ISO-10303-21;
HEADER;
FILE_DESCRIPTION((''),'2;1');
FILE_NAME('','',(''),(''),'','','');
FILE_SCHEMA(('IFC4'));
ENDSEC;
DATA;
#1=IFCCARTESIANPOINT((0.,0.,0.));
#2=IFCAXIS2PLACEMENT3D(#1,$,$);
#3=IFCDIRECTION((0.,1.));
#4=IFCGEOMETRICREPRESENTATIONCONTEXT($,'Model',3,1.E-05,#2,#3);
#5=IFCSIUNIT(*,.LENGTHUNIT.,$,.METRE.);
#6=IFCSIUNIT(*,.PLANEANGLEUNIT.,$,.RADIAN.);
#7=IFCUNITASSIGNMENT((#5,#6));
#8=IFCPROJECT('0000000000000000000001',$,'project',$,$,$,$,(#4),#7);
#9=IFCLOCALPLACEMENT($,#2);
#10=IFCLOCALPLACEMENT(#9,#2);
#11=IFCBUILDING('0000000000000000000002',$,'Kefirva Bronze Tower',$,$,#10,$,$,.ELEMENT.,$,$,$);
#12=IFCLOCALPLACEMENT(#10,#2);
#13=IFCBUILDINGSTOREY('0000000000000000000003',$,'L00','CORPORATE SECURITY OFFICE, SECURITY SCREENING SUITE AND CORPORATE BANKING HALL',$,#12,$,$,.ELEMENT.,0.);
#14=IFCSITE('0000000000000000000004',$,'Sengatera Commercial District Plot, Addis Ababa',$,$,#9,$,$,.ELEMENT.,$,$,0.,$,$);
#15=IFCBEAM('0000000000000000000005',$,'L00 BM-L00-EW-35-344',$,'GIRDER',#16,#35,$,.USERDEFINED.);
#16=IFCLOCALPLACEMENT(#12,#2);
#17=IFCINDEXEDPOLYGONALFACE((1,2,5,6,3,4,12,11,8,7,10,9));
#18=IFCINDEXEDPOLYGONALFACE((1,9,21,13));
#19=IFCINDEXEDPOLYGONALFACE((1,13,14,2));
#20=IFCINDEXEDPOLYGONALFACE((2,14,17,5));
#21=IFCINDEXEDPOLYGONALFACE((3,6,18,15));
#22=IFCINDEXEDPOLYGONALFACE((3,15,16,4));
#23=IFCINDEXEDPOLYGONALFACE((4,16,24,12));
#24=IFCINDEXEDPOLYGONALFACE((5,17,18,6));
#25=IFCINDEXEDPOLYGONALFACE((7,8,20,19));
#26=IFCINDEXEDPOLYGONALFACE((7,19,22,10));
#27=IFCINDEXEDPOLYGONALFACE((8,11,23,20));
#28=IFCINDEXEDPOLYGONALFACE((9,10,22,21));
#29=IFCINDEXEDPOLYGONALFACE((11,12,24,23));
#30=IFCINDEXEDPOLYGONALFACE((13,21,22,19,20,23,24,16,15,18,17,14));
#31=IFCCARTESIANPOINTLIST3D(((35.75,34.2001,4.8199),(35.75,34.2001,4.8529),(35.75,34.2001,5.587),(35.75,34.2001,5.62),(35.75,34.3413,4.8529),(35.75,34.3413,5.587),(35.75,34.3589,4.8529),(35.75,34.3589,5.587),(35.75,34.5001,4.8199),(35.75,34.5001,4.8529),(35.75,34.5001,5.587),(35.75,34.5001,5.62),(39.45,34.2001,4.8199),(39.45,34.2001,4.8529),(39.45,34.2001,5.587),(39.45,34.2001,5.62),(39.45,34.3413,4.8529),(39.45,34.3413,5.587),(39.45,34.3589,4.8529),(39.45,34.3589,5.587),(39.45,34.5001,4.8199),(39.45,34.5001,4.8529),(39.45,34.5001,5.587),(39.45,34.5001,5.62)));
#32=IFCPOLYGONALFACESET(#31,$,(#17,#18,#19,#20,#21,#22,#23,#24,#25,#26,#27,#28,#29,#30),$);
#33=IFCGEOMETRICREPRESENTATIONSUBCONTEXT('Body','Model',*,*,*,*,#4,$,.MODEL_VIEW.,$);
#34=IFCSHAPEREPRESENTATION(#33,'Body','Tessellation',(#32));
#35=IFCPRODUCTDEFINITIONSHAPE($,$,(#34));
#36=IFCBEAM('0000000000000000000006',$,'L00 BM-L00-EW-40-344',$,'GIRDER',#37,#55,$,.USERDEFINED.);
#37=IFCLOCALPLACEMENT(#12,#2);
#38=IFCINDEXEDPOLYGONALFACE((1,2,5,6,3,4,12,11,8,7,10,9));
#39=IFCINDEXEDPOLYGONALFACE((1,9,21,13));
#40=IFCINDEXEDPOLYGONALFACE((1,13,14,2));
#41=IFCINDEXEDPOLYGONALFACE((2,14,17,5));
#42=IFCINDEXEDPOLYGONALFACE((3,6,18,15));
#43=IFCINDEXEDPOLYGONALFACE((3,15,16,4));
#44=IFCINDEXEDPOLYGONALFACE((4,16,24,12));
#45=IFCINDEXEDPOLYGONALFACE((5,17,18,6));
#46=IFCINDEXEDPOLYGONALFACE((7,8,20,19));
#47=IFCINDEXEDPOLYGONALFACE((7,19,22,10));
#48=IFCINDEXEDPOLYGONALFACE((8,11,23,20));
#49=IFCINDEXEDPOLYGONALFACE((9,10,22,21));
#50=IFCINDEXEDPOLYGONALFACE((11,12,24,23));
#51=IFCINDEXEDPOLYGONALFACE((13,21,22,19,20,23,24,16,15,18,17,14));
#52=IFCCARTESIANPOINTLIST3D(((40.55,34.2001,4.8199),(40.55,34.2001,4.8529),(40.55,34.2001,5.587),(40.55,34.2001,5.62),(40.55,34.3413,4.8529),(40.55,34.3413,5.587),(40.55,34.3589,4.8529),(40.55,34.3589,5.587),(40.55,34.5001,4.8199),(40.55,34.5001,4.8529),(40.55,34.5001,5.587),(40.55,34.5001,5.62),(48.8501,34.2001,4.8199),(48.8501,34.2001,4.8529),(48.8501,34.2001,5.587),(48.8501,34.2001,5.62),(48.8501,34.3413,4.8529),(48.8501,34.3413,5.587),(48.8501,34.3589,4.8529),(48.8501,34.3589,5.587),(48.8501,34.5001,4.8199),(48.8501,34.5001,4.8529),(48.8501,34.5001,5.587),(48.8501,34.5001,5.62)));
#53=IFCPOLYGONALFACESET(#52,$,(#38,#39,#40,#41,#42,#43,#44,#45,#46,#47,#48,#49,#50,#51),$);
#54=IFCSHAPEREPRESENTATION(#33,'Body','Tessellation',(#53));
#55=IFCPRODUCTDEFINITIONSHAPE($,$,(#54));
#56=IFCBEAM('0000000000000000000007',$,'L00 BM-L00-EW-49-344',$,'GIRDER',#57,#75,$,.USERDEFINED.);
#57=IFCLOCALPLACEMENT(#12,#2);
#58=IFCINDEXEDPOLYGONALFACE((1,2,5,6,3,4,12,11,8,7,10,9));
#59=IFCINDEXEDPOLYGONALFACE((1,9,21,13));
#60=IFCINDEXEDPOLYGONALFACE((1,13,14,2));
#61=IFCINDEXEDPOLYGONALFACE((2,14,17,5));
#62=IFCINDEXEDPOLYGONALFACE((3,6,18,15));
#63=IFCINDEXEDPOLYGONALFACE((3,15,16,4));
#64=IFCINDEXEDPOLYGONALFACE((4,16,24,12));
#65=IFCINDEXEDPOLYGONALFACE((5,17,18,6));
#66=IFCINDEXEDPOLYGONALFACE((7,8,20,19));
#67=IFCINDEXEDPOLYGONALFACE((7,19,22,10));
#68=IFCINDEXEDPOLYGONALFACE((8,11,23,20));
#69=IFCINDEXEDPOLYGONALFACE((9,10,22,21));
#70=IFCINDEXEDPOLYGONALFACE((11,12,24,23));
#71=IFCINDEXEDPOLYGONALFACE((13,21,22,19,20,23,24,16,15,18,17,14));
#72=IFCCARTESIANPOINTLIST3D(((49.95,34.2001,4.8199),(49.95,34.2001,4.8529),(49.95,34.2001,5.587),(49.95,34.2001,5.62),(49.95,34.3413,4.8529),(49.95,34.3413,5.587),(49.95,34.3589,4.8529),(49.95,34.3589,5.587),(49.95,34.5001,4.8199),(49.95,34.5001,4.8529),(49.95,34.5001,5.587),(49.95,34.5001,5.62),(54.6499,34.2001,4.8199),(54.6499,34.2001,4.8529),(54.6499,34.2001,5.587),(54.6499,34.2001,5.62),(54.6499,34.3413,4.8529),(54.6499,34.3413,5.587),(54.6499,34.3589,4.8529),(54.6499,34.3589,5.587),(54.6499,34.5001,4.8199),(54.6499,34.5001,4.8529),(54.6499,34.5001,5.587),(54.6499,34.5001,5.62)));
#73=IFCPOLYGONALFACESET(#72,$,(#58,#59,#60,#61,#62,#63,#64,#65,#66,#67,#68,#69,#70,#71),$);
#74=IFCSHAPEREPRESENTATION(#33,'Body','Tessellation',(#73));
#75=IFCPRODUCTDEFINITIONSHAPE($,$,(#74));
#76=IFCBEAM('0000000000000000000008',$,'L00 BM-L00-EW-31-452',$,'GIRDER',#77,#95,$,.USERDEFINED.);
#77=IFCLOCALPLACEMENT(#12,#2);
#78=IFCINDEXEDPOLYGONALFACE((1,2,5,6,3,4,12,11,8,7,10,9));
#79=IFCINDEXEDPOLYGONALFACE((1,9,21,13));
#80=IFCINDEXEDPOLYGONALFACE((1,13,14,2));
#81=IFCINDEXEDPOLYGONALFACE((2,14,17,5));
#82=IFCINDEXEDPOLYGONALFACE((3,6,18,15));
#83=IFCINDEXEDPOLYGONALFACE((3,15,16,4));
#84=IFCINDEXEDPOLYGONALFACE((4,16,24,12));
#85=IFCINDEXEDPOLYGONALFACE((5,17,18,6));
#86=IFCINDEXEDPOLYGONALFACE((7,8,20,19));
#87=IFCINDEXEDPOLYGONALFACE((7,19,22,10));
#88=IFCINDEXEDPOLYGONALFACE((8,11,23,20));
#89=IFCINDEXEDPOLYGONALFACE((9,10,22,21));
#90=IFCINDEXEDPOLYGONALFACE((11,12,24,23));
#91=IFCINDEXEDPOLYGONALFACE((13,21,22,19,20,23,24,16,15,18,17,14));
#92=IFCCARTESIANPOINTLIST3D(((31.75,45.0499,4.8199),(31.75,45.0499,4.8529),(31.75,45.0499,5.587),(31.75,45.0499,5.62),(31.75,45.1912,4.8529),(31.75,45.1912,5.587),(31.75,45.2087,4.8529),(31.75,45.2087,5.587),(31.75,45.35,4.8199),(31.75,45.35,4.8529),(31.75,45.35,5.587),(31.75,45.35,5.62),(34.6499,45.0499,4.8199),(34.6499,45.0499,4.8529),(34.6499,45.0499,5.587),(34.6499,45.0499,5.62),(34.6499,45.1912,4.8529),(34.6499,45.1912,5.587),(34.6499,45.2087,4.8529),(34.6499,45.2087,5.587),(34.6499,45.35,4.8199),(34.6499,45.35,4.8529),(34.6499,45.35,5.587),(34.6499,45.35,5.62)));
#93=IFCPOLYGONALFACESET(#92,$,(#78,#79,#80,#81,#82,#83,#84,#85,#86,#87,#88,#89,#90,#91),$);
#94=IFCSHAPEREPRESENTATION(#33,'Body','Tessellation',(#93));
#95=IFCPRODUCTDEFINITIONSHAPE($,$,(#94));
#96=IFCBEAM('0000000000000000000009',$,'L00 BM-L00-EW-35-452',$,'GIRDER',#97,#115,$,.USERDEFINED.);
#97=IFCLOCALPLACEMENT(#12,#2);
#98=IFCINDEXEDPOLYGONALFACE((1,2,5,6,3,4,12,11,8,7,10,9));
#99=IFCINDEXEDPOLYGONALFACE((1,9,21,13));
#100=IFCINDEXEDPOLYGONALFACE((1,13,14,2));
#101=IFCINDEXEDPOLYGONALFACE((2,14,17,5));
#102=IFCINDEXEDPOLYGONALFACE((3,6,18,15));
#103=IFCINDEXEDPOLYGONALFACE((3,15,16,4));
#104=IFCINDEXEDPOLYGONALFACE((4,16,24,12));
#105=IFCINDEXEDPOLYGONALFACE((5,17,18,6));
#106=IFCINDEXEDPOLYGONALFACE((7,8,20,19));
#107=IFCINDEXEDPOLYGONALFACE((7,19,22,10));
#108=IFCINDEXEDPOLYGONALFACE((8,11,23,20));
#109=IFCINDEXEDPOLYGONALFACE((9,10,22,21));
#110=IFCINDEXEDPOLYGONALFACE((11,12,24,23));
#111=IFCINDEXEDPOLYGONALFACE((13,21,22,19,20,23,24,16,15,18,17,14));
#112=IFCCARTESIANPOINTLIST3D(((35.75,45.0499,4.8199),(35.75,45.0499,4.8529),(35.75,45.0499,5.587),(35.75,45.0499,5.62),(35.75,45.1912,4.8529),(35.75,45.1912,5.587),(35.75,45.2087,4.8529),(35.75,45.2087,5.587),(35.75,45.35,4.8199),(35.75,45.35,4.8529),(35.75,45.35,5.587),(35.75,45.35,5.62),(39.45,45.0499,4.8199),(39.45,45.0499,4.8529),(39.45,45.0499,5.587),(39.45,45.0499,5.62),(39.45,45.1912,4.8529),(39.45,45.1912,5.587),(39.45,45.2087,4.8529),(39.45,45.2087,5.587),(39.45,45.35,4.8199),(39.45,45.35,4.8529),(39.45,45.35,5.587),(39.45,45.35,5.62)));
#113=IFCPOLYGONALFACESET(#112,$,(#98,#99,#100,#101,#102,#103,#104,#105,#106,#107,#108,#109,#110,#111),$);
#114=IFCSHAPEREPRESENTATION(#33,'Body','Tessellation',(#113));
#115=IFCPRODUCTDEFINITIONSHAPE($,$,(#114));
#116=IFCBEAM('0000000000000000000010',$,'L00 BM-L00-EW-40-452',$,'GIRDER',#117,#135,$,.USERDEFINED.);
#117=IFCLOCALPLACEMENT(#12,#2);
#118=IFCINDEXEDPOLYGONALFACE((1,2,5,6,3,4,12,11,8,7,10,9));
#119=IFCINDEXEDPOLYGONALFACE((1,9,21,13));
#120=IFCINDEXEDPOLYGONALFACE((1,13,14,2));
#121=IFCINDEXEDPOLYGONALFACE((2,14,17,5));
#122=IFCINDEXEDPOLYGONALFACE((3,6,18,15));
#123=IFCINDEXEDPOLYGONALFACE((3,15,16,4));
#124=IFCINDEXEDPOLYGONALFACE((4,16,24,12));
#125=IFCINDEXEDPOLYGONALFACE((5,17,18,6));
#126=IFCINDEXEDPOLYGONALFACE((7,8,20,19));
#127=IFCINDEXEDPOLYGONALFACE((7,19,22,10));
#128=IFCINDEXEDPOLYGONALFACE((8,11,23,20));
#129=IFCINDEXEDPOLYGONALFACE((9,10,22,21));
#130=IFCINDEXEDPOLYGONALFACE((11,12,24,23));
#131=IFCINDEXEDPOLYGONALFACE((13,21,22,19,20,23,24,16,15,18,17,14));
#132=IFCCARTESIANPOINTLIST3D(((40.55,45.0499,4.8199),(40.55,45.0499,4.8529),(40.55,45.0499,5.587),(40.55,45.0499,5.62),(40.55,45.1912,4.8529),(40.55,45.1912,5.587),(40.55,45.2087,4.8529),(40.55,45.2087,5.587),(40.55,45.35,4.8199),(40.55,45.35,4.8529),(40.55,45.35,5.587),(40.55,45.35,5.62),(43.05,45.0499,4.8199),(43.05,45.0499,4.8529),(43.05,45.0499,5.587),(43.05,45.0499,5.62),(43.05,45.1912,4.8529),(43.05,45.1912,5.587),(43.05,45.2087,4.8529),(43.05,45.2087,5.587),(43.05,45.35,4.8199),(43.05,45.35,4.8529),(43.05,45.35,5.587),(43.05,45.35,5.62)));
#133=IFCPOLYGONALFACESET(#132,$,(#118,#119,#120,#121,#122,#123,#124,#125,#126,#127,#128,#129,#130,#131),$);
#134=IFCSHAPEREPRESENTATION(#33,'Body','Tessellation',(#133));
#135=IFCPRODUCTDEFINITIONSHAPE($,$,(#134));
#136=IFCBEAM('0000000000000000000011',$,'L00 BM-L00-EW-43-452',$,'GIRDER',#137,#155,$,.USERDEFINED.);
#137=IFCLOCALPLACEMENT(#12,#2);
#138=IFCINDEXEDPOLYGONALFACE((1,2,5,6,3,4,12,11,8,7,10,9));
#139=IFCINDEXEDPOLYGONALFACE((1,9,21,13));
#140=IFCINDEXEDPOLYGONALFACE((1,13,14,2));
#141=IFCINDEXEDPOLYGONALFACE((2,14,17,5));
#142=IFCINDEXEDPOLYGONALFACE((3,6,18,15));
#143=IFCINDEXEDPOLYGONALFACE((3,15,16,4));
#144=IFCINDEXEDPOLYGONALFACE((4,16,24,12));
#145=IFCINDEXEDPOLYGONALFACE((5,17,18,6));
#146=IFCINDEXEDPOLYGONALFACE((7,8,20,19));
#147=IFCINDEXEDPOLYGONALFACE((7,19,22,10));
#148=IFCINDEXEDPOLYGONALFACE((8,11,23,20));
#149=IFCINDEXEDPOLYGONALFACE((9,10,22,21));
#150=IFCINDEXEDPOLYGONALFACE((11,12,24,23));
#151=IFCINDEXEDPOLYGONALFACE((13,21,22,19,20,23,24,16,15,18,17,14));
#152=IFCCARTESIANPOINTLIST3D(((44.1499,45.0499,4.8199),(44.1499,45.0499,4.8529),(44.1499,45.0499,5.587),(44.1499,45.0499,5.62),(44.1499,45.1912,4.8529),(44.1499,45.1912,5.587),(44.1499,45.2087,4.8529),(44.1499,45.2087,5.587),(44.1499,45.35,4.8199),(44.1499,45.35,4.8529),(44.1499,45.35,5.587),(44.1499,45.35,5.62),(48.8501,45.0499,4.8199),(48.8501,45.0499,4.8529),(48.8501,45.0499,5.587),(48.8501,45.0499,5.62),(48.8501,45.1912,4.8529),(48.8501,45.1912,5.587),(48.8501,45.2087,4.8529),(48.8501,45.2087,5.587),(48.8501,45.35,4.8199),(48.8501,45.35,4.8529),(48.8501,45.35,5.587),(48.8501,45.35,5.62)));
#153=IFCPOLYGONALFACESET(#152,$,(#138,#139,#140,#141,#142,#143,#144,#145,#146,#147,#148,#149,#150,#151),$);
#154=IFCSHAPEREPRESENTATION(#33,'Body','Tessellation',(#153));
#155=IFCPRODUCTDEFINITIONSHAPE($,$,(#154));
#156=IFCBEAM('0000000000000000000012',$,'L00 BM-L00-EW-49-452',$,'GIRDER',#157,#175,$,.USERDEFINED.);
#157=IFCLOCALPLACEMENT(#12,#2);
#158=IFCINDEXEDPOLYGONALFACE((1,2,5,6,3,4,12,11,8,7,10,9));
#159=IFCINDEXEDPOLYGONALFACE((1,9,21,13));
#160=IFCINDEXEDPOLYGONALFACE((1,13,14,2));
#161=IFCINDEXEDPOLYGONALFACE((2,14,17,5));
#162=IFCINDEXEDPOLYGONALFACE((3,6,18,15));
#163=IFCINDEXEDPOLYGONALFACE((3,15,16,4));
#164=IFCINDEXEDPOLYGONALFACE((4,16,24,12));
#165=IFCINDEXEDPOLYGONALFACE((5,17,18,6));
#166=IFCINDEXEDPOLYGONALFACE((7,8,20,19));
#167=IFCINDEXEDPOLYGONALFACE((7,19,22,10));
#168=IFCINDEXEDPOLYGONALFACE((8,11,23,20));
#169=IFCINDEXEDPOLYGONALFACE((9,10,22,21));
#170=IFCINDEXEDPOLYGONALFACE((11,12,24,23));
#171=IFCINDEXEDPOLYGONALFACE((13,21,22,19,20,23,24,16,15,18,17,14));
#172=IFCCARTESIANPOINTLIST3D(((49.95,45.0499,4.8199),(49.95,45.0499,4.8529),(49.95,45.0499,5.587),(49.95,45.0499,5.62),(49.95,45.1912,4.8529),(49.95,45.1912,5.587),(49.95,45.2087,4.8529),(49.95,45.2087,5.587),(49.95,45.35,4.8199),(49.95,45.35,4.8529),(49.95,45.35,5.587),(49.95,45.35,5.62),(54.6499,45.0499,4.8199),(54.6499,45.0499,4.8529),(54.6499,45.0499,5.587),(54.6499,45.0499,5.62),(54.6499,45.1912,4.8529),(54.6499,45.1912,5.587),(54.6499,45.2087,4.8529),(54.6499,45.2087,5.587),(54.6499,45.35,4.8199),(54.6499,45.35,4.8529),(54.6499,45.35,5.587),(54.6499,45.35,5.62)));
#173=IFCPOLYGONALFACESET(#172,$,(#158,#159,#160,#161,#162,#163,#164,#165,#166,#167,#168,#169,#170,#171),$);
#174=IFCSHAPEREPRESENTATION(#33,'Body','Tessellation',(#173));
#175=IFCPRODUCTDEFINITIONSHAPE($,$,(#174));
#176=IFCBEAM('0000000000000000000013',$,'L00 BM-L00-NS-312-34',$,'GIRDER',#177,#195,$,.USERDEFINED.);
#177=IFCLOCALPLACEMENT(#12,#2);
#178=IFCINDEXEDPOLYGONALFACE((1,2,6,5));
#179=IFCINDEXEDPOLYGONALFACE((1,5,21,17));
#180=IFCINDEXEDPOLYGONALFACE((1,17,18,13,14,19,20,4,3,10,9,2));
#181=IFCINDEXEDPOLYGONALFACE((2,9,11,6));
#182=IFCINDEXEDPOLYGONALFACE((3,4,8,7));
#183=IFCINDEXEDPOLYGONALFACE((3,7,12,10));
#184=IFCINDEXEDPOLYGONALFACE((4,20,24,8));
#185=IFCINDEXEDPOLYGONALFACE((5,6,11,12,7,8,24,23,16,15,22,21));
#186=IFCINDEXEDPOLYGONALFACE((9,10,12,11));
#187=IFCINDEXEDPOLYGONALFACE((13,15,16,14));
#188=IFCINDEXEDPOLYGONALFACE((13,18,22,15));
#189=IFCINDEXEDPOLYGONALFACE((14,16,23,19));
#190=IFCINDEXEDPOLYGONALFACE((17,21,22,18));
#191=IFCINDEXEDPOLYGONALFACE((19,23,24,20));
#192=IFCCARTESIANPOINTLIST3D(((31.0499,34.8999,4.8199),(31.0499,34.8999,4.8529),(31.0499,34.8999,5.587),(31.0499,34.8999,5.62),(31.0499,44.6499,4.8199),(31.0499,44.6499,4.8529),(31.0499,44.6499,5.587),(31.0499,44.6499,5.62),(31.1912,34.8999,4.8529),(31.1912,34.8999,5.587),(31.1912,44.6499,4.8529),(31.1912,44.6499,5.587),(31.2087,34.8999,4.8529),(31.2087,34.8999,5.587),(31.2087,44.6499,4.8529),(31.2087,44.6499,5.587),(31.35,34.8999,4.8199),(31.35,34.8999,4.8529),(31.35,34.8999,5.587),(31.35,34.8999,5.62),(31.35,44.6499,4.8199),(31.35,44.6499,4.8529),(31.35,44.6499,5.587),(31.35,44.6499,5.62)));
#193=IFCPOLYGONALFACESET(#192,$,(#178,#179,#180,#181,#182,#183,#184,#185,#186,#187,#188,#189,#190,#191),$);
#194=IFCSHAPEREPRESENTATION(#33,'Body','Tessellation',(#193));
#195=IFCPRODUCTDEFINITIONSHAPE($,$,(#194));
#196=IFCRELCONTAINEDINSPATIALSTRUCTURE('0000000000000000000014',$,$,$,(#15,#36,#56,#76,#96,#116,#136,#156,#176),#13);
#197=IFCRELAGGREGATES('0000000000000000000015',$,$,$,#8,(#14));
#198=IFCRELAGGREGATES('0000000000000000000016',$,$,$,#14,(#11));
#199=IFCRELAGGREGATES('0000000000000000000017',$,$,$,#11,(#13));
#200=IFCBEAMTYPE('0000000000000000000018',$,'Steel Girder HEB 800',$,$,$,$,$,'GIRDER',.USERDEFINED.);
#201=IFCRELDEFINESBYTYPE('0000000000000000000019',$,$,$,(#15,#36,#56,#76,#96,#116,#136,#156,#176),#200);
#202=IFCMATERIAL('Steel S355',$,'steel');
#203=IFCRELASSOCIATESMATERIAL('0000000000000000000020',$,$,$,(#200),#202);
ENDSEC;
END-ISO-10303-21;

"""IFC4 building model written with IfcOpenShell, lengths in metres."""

from ifc_helpers import new_model, si_unit, direction, frame, origin, origin_2d, place, context, subcontext, project, spatial, i_section, extrude, material, material_profile, profile_set, type_object, element, save


model = new_model("IFC4")

# Units and contexts
model_context = context("Model", 3, precision=1e-05, world=origin(), true_north=direction((0.0, 1.0)))
body_context = subcontext(model_context, "Body", "Model", "MODEL_VIEW")
ifc_project = project(units=[si_unit("LENGTHUNIT", "METRE"), si_unit("PLANEANGLEUNIT", "RADIAN")], contexts=[model_context])

# Site, building, storey
site_placement = place(None, origin())
site = spatial("IfcSite", under=ifc_project, at=site_placement, Name="Sengatera Commercial District Plot, Addis Ababa", CompositionType="ELEMENT", RefElevation=0.0)
building_placement = place(site_placement, origin())
building = spatial("IfcBuilding", under=site, at=building_placement, Name="Kefirva Bronze Tower", CompositionType="ELEMENT")
storey_placement = place(building_placement, origin())
storey = spatial("IfcBuildingStorey", under=building, at=storey_placement, Name="L00", Description="CORPORATE SECURITY OFFICE, SECURITY SCREENING SUITE AND CORPORATE BANKING HALL", CompositionType="ELEMENT", Elevation=0.0)

# Beams
ifc_material_1 = material(Name="Steel S355", Category="steel")
ifc_material_profile_1 = material_profile(ifc_material_1, i_section(OverallWidth=0.3, OverallDepth=0.8, WebThickness=0.0176, FlangeThickness=0.033, at=origin_2d()), Name="HEB 800")
ifc_profile_set_1 = profile_set([ifc_material_profile_1], Name="Steel S355")
beam_type_1 = type_object("IfcBeamType", Name="Steel Girder HEB 800", ElementType="GIRDER", PredefinedType="USERDEFINED", material=ifc_profile_set_1)
beam_1_placement = place(storey_placement, frame((35.75, 34.3501, 5.22), z_axis=(1.0, 0.0, 0.0), x_axis=(0.0, 1.0, 0.0)))
element("IfcBeam", 1, at=beam_1_placement, inside=storey, type_object=beam_type_1, Name="L00 BM-L00-EW-35-344", ObjectType="GIRDER", PredefinedType="USERDEFINED", context=body_context, shape_type="SweptSolid", body=[
    extrude(i_section(OverallWidth=0.3, OverallDepth=0.8, WebThickness=0.0176, FlangeThickness=0.033, at=origin_2d()), origin(), (0.0, 0.0, 1.0), 3.7),
])
beam_2_placement = place(storey_placement, frame((40.55, 34.3501, 5.22), z_axis=(1.0, 0.0, 0.0), x_axis=(0.0, 1.0, 0.0)))
element("IfcBeam", 2, at=beam_2_placement, inside=storey, type_object=beam_type_1, Name="L00 BM-L00-EW-40-344", ObjectType="GIRDER", PredefinedType="USERDEFINED", context=body_context, shape_type="SweptSolid", body=[
    extrude(i_section(OverallWidth=0.3, OverallDepth=0.8, WebThickness=0.0176, FlangeThickness=0.033, at=origin_2d()), origin(), (0.0, 0.0, 1.0), 8.3),
])
beam_3_placement = place(storey_placement, frame((49.95, 34.3501, 5.22), z_axis=(1.0, 0.0, 0.0), x_axis=(0.0, 1.0, 0.0)))
element("IfcBeam", 3, at=beam_3_placement, inside=storey, type_object=beam_type_1, Name="L00 BM-L00-EW-49-344", ObjectType="GIRDER", PredefinedType="USERDEFINED", context=body_context, shape_type="SweptSolid", body=[
    extrude(i_section(OverallWidth=0.3, OverallDepth=0.8, WebThickness=0.0176, FlangeThickness=0.033, at=origin_2d()), origin(), (0.0, 0.0, 1.0), 4.7),
])
beam_4_placement = place(storey_placement, frame((31.75, 45.2, 5.22), z_axis=(1.0, 0.0, 0.0), x_axis=(0.0, 1.0, 0.0)))
element("IfcBeam", 4, at=beam_4_placement, inside=storey, type_object=beam_type_1, Name="L00 BM-L00-EW-31-452", ObjectType="GIRDER", PredefinedType="USERDEFINED", context=body_context, shape_type="SweptSolid", body=[
    extrude(i_section(OverallWidth=0.3, OverallDepth=0.8, WebThickness=0.0176, FlangeThickness=0.033, at=origin_2d()), origin(), (0.0, 0.0, 1.0), 2.8999),
])
beam_5_placement = place(storey_placement, frame((35.75, 45.2, 5.22), z_axis=(1.0, 0.0, 0.0), x_axis=(0.0, 1.0, 0.0)))
element("IfcBeam", 5, at=beam_5_placement, inside=storey, type_object=beam_type_1, Name="L00 BM-L00-EW-35-452", ObjectType="GIRDER", PredefinedType="USERDEFINED", context=body_context, shape_type="SweptSolid", body=[
    extrude(i_section(OverallWidth=0.3, OverallDepth=0.8, WebThickness=0.0176, FlangeThickness=0.033, at=origin_2d()), origin(), (0.0, 0.0, 1.0), 3.7),
])
beam_6_placement = place(storey_placement, frame((40.55, 45.2, 5.22), z_axis=(1.0, 0.0, 0.0), x_axis=(0.0, 1.0, 0.0)))
element("IfcBeam", 6, at=beam_6_placement, inside=storey, type_object=beam_type_1, Name="L00 BM-L00-EW-40-452", ObjectType="GIRDER", PredefinedType="USERDEFINED", context=body_context, shape_type="SweptSolid", body=[
    extrude(i_section(OverallWidth=0.3, OverallDepth=0.8, WebThickness=0.0176, FlangeThickness=0.033, at=origin_2d()), origin(), (0.0, 0.0, 1.0), 2.5),
])
beam_7_placement = place(storey_placement, frame((44.1499, 45.2, 5.22), z_axis=(1.0, 0.0, 0.0), x_axis=(0.0, 1.0, 0.0)))
element("IfcBeam", 7, at=beam_7_placement, inside=storey, type_object=beam_type_1, Name="L00 BM-L00-EW-43-452", ObjectType="GIRDER", PredefinedType="USERDEFINED", context=body_context, shape_type="SweptSolid", body=[
    extrude(i_section(OverallWidth=0.3, OverallDepth=0.8, WebThickness=0.0176, FlangeThickness=0.033, at=origin_2d()), origin(), (0.0, 0.0, 1.0), 4.7002),
])
beam_8_placement = place(storey_placement, frame((49.95, 45.2, 5.22), z_axis=(1.0, 0.0, 0.0), x_axis=(0.0, 1.0, 0.0)))
element("IfcBeam", 8, at=beam_8_placement, inside=storey, type_object=beam_type_1, Name="L00 BM-L00-EW-49-452", ObjectType="GIRDER", PredefinedType="USERDEFINED", context=body_context, shape_type="SweptSolid", body=[
    extrude(i_section(OverallWidth=0.3, OverallDepth=0.8, WebThickness=0.0176, FlangeThickness=0.033, at=origin_2d()), origin(), (0.0, 0.0, 1.0), 4.7),
])
for number, where, z_axis, x_axis, name in (
    (9, (31.2, 34.8999, 5.22), (0.0, 1.0, 0.0), (-1.0, 0.0, 0.0), "L00 BM-L00-NS-312-34"),
):
    element("IfcBeam", number, at=place(storey_placement, frame(where, z_axis=z_axis, x_axis=x_axis)), inside=storey, type_object=beam_type_1, Name=name, ObjectType="GIRDER", PredefinedType="USERDEFINED", context=body_context, shape_type="SweptSolid", body=[
        extrude(i_section(OverallWidth=0.3, OverallDepth=0.8, WebThickness=0.0176, FlangeThickness=0.033, at=origin_2d()), origin(), (0.0, 0.0, 1.0), 9.75),
    ])

save(model, "model.ifc")
